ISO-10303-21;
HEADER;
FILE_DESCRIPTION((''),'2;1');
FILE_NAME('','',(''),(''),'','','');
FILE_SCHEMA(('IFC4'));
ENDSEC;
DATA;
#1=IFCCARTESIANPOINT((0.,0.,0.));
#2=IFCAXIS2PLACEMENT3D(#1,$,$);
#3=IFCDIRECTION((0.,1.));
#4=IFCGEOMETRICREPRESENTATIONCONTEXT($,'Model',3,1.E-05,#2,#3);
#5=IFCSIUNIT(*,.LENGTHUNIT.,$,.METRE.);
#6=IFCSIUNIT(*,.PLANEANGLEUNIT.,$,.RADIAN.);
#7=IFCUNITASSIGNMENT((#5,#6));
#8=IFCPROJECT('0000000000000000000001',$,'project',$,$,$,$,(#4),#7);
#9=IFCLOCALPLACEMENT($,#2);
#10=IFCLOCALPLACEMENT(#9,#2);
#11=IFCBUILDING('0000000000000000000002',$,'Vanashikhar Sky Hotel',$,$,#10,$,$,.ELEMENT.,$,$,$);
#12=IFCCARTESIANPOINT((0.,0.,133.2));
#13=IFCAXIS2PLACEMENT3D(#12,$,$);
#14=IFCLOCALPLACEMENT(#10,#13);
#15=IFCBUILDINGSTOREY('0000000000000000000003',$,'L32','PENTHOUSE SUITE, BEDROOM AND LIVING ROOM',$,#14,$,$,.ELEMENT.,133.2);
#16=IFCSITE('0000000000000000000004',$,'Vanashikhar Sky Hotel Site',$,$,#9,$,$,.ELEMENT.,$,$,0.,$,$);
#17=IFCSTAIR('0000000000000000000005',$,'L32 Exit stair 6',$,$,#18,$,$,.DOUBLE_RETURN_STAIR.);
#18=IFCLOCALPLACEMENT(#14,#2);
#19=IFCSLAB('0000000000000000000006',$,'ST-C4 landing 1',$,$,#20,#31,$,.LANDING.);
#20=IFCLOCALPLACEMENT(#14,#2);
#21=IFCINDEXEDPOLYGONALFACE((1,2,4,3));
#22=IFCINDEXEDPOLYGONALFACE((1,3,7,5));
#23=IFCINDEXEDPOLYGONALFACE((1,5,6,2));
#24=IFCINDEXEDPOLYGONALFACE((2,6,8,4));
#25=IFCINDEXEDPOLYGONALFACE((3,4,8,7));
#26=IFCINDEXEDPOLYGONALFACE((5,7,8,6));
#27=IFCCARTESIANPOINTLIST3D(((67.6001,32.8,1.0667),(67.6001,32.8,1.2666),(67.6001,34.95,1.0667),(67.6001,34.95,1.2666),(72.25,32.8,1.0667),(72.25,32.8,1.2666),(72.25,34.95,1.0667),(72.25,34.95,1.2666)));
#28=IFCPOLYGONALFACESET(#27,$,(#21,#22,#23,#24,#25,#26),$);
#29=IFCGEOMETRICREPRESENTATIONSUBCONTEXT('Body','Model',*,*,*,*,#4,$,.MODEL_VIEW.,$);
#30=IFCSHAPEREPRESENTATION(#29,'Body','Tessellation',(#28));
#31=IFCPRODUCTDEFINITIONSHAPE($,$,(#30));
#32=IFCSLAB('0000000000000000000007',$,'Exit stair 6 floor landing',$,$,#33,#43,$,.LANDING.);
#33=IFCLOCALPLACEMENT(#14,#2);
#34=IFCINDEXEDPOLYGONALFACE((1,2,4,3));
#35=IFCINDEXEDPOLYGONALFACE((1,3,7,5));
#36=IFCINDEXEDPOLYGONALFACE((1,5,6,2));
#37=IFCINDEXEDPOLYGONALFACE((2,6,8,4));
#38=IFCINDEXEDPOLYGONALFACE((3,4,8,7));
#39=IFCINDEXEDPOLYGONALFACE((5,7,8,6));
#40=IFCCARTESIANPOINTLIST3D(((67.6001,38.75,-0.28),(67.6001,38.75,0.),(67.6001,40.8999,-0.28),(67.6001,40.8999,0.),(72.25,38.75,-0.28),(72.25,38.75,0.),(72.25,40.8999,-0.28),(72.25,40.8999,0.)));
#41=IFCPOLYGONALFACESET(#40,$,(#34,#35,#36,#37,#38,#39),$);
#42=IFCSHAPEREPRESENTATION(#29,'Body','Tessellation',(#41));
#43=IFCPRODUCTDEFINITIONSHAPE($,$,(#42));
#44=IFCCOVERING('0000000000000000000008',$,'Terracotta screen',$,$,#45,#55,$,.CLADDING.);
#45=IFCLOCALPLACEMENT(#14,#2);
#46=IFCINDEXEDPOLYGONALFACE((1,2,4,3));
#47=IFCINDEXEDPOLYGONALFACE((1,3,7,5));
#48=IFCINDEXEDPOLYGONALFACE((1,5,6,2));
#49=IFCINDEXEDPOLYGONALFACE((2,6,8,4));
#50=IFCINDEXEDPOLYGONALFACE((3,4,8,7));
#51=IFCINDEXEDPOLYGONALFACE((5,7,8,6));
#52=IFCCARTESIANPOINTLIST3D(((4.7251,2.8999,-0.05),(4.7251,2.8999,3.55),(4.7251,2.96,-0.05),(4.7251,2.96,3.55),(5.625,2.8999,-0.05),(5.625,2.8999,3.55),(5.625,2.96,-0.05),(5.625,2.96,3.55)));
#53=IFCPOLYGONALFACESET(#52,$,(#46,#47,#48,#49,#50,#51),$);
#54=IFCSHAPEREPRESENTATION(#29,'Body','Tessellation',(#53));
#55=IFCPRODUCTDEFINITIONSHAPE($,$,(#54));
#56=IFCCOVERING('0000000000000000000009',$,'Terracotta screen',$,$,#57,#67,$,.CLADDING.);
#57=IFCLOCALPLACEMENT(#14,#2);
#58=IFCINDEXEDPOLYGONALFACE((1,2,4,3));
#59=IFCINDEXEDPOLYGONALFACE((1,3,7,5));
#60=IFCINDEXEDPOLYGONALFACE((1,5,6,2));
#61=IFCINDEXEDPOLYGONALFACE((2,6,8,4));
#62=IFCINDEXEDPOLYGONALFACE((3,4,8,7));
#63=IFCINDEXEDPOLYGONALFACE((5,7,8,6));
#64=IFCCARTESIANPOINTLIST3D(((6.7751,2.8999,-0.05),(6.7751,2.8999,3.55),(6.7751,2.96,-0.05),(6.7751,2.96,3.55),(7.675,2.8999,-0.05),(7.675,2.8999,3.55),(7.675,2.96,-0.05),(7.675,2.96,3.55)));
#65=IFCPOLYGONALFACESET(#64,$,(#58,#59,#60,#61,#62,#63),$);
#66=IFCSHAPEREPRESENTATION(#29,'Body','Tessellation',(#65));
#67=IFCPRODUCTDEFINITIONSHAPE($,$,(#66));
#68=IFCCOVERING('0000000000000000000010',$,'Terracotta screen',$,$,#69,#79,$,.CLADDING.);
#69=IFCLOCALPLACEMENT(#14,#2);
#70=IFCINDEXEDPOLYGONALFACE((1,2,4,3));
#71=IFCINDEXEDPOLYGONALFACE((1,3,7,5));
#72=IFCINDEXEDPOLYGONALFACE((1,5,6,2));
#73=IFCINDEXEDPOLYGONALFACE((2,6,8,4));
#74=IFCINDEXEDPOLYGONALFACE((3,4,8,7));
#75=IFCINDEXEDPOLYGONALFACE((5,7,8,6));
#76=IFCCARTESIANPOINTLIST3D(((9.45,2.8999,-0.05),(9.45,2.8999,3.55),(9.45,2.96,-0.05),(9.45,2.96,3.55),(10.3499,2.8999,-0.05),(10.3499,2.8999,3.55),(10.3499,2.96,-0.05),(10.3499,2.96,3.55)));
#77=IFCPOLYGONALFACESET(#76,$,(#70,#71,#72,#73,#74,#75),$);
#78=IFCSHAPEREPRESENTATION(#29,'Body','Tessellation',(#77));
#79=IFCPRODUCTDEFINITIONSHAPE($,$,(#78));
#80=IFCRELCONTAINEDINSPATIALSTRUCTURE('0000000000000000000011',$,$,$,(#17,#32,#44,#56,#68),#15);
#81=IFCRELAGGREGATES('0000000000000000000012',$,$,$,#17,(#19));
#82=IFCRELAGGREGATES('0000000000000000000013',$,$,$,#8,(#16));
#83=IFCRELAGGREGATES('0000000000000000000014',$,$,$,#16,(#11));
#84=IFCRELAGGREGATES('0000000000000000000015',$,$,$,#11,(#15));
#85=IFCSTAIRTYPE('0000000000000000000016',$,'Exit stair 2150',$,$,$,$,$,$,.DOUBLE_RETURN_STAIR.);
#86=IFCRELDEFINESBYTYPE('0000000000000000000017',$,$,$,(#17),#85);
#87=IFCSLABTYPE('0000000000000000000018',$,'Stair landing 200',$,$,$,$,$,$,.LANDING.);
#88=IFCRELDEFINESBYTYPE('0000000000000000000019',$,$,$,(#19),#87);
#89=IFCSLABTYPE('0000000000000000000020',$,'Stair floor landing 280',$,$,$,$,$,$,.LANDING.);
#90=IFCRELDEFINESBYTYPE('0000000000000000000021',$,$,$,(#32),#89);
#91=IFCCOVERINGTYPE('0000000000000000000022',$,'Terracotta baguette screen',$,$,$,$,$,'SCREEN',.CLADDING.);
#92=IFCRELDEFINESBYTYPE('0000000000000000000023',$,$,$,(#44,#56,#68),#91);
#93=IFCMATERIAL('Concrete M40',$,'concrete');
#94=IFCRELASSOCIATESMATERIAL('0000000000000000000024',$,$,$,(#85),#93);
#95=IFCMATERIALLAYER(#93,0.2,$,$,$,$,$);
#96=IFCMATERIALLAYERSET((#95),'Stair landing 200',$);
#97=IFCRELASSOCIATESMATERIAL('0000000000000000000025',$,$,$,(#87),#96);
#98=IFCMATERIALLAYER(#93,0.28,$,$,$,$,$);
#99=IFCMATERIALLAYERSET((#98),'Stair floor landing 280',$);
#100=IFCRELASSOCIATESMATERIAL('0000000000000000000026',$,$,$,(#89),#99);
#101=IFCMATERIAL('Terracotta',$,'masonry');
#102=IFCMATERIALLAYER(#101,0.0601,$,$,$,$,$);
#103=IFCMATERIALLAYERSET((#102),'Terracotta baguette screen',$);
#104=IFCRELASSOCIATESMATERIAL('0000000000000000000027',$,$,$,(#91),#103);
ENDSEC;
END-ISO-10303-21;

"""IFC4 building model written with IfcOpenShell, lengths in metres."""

from ifc_helpers import new_model, si_unit, direction, frame, origin, origin_2d, place, context, subcontext, project, spatial, polyline, rectangle, outline, extrude, source, transform, mapped, material, layer, layer_set, type_object, element, aggregate, save


model = new_model("IFC4")

# Units and contexts
model_context = context("Model", 3, precision=1e-05, world=origin(), true_north=direction((0.0, 1.0)))
body_context = subcontext(model_context, "Body", "Model", "MODEL_VIEW")
ifc_project = project(units=[si_unit("LENGTHUNIT", "METRE"), si_unit("PLANEANGLEUNIT", "RADIAN")], contexts=[model_context])

# Site, building, storey
site_placement = place(None, origin())
site = spatial("IfcSite", under=ifc_project, at=site_placement, Name="Vanashikhar Sky Hotel Site", CompositionType="ELEMENT", RefElevation=0.0)
building_placement = place(site_placement, origin())
building = spatial("IfcBuilding", under=site, at=building_placement, Name="Vanashikhar Sky Hotel", CompositionType="ELEMENT")
storey_placement = place(building_placement, frame((0.0, 0.0, 133.2)))
storey = spatial("IfcBuildingStorey", under=building, at=storey_placement, Name="L32", Description="PENTHOUSE SUITE, BEDROOM AND LIVING ROOM", CompositionType="ELEMENT", Elevation=133.2)

# Shared definitions
ifc_material_1 = material(Name="Concrete M40", Category="concrete")

# Shared definitions
stair_type = type_object("IfcStairType", Name="Exit stair 2150", PredefinedType="DOUBLE_RETURN_STAIR", material=ifc_material_1)
ifc_layer_1 = layer(ifc_material_1, 0.2)
ifc_layer_set_1 = layer_set([ifc_layer_1], Name="Stair landing 200")
slab_type_1 = type_object("IfcSlabType", Name="Stair landing 200", PredefinedType="LANDING", material=ifc_layer_set_1)

# Shared definitions
ifc_layer_2 = layer(ifc_material_1, 0.28)
ifc_layer_set_2 = layer_set([ifc_layer_2], Name="Stair floor landing 280")
slab_type_2 = type_object("IfcSlabType", Name="Stair floor landing 280", PredefinedType="LANDING", material=ifc_layer_set_2)

# Stair, slab
stair_1_placement = place(storey_placement, origin())
stair_1 = element("IfcStair", 1, at=stair_1_placement, inside=storey, type_object=stair_type, Name="L32 Exit stair 6", PredefinedType="DOUBLE_RETURN_STAIR")
shared_shape_1 = source(origin(), body_context, "Body", "SweptSolid", [
    extrude(outline(polyline([(72.25, 32.8), (72.25, 34.95), (67.6001, 34.95), (67.6001, 32.8), (72.25, 32.8)])), origin(), (0.0, 0.0, 1.0), 0.2),
])
slab_1_placement = place(storey_placement, frame((0.0, 0.0, 1.0667)))
slab_1 = element("IfcSlab", 2, at=slab_1_placement, type_object=slab_type_1, Name="ST-C4 landing 1", PredefinedType="LANDING", context=body_context, shape_type="MappedRepresentation", body=[
    mapped(shared_shape_1, transform((0.0, 0.0, 0.0), scale=1.0)),
])
aggregate(stair_1, [slab_1])

# Slab
shared_shape_2 = source(origin(), body_context, "Body", "SweptSolid", [
    extrude(outline(polyline([(72.25, 38.75), (72.25, 40.8999), (67.6001, 40.8999), (67.6001, 38.75), (72.25, 38.75)])), origin(), (0.0, 0.0, 1.0), 0.28),
])
slab_2_placement = place(storey_placement, frame((0.0, 0.0, -0.28)))
element("IfcSlab", 3, at=slab_2_placement, inside=storey, type_object=slab_type_2, Name="Exit stair 6 floor landing", PredefinedType="LANDING", context=body_context, shape_type="MappedRepresentation", body=[
    mapped(shared_shape_2, transform((0.0, 0.0, 0.0), scale=1.0)),
])

# Coverings
ifc_material_2 = material(Name="Terracotta", Category="masonry")
ifc_layer_3 = layer(ifc_material_2, 0.0601)
ifc_layer_set_3 = layer_set([ifc_layer_3], Name="Terracotta baguette screen")
covering_type = type_object("IfcCoveringType", Name="Terracotta baguette screen", ElementType="SCREEN", PredefinedType="CLADDING", material=ifc_layer_set_3)
shared_shape_3 = source(origin(), body_context, "Body", "SweptSolid", [
    extrude(rectangle(XDim=0.8999, YDim=0.0601, at=origin_2d()), origin(), (0.0, 0.0, 1.0), 3.6001),
])
for number, where, z_axis, x_axis, name in (
    (4, (5.175, 2.9299, -0.05), (0.0, 0.0, 1.0), (1.0, 0.0, 0.0), "Terracotta screen"),
    (5, (7.2251, 2.9299, -0.05), (0.0, 0.0, 1.0), (1.0, 0.0, 0.0), "Terracotta screen"),
    (6, (9.8999, 2.9299, -0.05), (0.0, 0.0, 1.0), (1.0, 0.0, 0.0), "Terracotta screen"),
):
    element("IfcCovering", number, at=place(storey_placement, frame(where, z_axis=z_axis, x_axis=x_axis)), inside=storey, type_object=covering_type, Name=name, PredefinedType="CLADDING", context=body_context, shape_type="MappedRepresentation", body=[
        mapped(shared_shape_3, transform((0.0, 0.0, 0.0), scale=1.0)),
    ])

save(model, "model.ifc")
